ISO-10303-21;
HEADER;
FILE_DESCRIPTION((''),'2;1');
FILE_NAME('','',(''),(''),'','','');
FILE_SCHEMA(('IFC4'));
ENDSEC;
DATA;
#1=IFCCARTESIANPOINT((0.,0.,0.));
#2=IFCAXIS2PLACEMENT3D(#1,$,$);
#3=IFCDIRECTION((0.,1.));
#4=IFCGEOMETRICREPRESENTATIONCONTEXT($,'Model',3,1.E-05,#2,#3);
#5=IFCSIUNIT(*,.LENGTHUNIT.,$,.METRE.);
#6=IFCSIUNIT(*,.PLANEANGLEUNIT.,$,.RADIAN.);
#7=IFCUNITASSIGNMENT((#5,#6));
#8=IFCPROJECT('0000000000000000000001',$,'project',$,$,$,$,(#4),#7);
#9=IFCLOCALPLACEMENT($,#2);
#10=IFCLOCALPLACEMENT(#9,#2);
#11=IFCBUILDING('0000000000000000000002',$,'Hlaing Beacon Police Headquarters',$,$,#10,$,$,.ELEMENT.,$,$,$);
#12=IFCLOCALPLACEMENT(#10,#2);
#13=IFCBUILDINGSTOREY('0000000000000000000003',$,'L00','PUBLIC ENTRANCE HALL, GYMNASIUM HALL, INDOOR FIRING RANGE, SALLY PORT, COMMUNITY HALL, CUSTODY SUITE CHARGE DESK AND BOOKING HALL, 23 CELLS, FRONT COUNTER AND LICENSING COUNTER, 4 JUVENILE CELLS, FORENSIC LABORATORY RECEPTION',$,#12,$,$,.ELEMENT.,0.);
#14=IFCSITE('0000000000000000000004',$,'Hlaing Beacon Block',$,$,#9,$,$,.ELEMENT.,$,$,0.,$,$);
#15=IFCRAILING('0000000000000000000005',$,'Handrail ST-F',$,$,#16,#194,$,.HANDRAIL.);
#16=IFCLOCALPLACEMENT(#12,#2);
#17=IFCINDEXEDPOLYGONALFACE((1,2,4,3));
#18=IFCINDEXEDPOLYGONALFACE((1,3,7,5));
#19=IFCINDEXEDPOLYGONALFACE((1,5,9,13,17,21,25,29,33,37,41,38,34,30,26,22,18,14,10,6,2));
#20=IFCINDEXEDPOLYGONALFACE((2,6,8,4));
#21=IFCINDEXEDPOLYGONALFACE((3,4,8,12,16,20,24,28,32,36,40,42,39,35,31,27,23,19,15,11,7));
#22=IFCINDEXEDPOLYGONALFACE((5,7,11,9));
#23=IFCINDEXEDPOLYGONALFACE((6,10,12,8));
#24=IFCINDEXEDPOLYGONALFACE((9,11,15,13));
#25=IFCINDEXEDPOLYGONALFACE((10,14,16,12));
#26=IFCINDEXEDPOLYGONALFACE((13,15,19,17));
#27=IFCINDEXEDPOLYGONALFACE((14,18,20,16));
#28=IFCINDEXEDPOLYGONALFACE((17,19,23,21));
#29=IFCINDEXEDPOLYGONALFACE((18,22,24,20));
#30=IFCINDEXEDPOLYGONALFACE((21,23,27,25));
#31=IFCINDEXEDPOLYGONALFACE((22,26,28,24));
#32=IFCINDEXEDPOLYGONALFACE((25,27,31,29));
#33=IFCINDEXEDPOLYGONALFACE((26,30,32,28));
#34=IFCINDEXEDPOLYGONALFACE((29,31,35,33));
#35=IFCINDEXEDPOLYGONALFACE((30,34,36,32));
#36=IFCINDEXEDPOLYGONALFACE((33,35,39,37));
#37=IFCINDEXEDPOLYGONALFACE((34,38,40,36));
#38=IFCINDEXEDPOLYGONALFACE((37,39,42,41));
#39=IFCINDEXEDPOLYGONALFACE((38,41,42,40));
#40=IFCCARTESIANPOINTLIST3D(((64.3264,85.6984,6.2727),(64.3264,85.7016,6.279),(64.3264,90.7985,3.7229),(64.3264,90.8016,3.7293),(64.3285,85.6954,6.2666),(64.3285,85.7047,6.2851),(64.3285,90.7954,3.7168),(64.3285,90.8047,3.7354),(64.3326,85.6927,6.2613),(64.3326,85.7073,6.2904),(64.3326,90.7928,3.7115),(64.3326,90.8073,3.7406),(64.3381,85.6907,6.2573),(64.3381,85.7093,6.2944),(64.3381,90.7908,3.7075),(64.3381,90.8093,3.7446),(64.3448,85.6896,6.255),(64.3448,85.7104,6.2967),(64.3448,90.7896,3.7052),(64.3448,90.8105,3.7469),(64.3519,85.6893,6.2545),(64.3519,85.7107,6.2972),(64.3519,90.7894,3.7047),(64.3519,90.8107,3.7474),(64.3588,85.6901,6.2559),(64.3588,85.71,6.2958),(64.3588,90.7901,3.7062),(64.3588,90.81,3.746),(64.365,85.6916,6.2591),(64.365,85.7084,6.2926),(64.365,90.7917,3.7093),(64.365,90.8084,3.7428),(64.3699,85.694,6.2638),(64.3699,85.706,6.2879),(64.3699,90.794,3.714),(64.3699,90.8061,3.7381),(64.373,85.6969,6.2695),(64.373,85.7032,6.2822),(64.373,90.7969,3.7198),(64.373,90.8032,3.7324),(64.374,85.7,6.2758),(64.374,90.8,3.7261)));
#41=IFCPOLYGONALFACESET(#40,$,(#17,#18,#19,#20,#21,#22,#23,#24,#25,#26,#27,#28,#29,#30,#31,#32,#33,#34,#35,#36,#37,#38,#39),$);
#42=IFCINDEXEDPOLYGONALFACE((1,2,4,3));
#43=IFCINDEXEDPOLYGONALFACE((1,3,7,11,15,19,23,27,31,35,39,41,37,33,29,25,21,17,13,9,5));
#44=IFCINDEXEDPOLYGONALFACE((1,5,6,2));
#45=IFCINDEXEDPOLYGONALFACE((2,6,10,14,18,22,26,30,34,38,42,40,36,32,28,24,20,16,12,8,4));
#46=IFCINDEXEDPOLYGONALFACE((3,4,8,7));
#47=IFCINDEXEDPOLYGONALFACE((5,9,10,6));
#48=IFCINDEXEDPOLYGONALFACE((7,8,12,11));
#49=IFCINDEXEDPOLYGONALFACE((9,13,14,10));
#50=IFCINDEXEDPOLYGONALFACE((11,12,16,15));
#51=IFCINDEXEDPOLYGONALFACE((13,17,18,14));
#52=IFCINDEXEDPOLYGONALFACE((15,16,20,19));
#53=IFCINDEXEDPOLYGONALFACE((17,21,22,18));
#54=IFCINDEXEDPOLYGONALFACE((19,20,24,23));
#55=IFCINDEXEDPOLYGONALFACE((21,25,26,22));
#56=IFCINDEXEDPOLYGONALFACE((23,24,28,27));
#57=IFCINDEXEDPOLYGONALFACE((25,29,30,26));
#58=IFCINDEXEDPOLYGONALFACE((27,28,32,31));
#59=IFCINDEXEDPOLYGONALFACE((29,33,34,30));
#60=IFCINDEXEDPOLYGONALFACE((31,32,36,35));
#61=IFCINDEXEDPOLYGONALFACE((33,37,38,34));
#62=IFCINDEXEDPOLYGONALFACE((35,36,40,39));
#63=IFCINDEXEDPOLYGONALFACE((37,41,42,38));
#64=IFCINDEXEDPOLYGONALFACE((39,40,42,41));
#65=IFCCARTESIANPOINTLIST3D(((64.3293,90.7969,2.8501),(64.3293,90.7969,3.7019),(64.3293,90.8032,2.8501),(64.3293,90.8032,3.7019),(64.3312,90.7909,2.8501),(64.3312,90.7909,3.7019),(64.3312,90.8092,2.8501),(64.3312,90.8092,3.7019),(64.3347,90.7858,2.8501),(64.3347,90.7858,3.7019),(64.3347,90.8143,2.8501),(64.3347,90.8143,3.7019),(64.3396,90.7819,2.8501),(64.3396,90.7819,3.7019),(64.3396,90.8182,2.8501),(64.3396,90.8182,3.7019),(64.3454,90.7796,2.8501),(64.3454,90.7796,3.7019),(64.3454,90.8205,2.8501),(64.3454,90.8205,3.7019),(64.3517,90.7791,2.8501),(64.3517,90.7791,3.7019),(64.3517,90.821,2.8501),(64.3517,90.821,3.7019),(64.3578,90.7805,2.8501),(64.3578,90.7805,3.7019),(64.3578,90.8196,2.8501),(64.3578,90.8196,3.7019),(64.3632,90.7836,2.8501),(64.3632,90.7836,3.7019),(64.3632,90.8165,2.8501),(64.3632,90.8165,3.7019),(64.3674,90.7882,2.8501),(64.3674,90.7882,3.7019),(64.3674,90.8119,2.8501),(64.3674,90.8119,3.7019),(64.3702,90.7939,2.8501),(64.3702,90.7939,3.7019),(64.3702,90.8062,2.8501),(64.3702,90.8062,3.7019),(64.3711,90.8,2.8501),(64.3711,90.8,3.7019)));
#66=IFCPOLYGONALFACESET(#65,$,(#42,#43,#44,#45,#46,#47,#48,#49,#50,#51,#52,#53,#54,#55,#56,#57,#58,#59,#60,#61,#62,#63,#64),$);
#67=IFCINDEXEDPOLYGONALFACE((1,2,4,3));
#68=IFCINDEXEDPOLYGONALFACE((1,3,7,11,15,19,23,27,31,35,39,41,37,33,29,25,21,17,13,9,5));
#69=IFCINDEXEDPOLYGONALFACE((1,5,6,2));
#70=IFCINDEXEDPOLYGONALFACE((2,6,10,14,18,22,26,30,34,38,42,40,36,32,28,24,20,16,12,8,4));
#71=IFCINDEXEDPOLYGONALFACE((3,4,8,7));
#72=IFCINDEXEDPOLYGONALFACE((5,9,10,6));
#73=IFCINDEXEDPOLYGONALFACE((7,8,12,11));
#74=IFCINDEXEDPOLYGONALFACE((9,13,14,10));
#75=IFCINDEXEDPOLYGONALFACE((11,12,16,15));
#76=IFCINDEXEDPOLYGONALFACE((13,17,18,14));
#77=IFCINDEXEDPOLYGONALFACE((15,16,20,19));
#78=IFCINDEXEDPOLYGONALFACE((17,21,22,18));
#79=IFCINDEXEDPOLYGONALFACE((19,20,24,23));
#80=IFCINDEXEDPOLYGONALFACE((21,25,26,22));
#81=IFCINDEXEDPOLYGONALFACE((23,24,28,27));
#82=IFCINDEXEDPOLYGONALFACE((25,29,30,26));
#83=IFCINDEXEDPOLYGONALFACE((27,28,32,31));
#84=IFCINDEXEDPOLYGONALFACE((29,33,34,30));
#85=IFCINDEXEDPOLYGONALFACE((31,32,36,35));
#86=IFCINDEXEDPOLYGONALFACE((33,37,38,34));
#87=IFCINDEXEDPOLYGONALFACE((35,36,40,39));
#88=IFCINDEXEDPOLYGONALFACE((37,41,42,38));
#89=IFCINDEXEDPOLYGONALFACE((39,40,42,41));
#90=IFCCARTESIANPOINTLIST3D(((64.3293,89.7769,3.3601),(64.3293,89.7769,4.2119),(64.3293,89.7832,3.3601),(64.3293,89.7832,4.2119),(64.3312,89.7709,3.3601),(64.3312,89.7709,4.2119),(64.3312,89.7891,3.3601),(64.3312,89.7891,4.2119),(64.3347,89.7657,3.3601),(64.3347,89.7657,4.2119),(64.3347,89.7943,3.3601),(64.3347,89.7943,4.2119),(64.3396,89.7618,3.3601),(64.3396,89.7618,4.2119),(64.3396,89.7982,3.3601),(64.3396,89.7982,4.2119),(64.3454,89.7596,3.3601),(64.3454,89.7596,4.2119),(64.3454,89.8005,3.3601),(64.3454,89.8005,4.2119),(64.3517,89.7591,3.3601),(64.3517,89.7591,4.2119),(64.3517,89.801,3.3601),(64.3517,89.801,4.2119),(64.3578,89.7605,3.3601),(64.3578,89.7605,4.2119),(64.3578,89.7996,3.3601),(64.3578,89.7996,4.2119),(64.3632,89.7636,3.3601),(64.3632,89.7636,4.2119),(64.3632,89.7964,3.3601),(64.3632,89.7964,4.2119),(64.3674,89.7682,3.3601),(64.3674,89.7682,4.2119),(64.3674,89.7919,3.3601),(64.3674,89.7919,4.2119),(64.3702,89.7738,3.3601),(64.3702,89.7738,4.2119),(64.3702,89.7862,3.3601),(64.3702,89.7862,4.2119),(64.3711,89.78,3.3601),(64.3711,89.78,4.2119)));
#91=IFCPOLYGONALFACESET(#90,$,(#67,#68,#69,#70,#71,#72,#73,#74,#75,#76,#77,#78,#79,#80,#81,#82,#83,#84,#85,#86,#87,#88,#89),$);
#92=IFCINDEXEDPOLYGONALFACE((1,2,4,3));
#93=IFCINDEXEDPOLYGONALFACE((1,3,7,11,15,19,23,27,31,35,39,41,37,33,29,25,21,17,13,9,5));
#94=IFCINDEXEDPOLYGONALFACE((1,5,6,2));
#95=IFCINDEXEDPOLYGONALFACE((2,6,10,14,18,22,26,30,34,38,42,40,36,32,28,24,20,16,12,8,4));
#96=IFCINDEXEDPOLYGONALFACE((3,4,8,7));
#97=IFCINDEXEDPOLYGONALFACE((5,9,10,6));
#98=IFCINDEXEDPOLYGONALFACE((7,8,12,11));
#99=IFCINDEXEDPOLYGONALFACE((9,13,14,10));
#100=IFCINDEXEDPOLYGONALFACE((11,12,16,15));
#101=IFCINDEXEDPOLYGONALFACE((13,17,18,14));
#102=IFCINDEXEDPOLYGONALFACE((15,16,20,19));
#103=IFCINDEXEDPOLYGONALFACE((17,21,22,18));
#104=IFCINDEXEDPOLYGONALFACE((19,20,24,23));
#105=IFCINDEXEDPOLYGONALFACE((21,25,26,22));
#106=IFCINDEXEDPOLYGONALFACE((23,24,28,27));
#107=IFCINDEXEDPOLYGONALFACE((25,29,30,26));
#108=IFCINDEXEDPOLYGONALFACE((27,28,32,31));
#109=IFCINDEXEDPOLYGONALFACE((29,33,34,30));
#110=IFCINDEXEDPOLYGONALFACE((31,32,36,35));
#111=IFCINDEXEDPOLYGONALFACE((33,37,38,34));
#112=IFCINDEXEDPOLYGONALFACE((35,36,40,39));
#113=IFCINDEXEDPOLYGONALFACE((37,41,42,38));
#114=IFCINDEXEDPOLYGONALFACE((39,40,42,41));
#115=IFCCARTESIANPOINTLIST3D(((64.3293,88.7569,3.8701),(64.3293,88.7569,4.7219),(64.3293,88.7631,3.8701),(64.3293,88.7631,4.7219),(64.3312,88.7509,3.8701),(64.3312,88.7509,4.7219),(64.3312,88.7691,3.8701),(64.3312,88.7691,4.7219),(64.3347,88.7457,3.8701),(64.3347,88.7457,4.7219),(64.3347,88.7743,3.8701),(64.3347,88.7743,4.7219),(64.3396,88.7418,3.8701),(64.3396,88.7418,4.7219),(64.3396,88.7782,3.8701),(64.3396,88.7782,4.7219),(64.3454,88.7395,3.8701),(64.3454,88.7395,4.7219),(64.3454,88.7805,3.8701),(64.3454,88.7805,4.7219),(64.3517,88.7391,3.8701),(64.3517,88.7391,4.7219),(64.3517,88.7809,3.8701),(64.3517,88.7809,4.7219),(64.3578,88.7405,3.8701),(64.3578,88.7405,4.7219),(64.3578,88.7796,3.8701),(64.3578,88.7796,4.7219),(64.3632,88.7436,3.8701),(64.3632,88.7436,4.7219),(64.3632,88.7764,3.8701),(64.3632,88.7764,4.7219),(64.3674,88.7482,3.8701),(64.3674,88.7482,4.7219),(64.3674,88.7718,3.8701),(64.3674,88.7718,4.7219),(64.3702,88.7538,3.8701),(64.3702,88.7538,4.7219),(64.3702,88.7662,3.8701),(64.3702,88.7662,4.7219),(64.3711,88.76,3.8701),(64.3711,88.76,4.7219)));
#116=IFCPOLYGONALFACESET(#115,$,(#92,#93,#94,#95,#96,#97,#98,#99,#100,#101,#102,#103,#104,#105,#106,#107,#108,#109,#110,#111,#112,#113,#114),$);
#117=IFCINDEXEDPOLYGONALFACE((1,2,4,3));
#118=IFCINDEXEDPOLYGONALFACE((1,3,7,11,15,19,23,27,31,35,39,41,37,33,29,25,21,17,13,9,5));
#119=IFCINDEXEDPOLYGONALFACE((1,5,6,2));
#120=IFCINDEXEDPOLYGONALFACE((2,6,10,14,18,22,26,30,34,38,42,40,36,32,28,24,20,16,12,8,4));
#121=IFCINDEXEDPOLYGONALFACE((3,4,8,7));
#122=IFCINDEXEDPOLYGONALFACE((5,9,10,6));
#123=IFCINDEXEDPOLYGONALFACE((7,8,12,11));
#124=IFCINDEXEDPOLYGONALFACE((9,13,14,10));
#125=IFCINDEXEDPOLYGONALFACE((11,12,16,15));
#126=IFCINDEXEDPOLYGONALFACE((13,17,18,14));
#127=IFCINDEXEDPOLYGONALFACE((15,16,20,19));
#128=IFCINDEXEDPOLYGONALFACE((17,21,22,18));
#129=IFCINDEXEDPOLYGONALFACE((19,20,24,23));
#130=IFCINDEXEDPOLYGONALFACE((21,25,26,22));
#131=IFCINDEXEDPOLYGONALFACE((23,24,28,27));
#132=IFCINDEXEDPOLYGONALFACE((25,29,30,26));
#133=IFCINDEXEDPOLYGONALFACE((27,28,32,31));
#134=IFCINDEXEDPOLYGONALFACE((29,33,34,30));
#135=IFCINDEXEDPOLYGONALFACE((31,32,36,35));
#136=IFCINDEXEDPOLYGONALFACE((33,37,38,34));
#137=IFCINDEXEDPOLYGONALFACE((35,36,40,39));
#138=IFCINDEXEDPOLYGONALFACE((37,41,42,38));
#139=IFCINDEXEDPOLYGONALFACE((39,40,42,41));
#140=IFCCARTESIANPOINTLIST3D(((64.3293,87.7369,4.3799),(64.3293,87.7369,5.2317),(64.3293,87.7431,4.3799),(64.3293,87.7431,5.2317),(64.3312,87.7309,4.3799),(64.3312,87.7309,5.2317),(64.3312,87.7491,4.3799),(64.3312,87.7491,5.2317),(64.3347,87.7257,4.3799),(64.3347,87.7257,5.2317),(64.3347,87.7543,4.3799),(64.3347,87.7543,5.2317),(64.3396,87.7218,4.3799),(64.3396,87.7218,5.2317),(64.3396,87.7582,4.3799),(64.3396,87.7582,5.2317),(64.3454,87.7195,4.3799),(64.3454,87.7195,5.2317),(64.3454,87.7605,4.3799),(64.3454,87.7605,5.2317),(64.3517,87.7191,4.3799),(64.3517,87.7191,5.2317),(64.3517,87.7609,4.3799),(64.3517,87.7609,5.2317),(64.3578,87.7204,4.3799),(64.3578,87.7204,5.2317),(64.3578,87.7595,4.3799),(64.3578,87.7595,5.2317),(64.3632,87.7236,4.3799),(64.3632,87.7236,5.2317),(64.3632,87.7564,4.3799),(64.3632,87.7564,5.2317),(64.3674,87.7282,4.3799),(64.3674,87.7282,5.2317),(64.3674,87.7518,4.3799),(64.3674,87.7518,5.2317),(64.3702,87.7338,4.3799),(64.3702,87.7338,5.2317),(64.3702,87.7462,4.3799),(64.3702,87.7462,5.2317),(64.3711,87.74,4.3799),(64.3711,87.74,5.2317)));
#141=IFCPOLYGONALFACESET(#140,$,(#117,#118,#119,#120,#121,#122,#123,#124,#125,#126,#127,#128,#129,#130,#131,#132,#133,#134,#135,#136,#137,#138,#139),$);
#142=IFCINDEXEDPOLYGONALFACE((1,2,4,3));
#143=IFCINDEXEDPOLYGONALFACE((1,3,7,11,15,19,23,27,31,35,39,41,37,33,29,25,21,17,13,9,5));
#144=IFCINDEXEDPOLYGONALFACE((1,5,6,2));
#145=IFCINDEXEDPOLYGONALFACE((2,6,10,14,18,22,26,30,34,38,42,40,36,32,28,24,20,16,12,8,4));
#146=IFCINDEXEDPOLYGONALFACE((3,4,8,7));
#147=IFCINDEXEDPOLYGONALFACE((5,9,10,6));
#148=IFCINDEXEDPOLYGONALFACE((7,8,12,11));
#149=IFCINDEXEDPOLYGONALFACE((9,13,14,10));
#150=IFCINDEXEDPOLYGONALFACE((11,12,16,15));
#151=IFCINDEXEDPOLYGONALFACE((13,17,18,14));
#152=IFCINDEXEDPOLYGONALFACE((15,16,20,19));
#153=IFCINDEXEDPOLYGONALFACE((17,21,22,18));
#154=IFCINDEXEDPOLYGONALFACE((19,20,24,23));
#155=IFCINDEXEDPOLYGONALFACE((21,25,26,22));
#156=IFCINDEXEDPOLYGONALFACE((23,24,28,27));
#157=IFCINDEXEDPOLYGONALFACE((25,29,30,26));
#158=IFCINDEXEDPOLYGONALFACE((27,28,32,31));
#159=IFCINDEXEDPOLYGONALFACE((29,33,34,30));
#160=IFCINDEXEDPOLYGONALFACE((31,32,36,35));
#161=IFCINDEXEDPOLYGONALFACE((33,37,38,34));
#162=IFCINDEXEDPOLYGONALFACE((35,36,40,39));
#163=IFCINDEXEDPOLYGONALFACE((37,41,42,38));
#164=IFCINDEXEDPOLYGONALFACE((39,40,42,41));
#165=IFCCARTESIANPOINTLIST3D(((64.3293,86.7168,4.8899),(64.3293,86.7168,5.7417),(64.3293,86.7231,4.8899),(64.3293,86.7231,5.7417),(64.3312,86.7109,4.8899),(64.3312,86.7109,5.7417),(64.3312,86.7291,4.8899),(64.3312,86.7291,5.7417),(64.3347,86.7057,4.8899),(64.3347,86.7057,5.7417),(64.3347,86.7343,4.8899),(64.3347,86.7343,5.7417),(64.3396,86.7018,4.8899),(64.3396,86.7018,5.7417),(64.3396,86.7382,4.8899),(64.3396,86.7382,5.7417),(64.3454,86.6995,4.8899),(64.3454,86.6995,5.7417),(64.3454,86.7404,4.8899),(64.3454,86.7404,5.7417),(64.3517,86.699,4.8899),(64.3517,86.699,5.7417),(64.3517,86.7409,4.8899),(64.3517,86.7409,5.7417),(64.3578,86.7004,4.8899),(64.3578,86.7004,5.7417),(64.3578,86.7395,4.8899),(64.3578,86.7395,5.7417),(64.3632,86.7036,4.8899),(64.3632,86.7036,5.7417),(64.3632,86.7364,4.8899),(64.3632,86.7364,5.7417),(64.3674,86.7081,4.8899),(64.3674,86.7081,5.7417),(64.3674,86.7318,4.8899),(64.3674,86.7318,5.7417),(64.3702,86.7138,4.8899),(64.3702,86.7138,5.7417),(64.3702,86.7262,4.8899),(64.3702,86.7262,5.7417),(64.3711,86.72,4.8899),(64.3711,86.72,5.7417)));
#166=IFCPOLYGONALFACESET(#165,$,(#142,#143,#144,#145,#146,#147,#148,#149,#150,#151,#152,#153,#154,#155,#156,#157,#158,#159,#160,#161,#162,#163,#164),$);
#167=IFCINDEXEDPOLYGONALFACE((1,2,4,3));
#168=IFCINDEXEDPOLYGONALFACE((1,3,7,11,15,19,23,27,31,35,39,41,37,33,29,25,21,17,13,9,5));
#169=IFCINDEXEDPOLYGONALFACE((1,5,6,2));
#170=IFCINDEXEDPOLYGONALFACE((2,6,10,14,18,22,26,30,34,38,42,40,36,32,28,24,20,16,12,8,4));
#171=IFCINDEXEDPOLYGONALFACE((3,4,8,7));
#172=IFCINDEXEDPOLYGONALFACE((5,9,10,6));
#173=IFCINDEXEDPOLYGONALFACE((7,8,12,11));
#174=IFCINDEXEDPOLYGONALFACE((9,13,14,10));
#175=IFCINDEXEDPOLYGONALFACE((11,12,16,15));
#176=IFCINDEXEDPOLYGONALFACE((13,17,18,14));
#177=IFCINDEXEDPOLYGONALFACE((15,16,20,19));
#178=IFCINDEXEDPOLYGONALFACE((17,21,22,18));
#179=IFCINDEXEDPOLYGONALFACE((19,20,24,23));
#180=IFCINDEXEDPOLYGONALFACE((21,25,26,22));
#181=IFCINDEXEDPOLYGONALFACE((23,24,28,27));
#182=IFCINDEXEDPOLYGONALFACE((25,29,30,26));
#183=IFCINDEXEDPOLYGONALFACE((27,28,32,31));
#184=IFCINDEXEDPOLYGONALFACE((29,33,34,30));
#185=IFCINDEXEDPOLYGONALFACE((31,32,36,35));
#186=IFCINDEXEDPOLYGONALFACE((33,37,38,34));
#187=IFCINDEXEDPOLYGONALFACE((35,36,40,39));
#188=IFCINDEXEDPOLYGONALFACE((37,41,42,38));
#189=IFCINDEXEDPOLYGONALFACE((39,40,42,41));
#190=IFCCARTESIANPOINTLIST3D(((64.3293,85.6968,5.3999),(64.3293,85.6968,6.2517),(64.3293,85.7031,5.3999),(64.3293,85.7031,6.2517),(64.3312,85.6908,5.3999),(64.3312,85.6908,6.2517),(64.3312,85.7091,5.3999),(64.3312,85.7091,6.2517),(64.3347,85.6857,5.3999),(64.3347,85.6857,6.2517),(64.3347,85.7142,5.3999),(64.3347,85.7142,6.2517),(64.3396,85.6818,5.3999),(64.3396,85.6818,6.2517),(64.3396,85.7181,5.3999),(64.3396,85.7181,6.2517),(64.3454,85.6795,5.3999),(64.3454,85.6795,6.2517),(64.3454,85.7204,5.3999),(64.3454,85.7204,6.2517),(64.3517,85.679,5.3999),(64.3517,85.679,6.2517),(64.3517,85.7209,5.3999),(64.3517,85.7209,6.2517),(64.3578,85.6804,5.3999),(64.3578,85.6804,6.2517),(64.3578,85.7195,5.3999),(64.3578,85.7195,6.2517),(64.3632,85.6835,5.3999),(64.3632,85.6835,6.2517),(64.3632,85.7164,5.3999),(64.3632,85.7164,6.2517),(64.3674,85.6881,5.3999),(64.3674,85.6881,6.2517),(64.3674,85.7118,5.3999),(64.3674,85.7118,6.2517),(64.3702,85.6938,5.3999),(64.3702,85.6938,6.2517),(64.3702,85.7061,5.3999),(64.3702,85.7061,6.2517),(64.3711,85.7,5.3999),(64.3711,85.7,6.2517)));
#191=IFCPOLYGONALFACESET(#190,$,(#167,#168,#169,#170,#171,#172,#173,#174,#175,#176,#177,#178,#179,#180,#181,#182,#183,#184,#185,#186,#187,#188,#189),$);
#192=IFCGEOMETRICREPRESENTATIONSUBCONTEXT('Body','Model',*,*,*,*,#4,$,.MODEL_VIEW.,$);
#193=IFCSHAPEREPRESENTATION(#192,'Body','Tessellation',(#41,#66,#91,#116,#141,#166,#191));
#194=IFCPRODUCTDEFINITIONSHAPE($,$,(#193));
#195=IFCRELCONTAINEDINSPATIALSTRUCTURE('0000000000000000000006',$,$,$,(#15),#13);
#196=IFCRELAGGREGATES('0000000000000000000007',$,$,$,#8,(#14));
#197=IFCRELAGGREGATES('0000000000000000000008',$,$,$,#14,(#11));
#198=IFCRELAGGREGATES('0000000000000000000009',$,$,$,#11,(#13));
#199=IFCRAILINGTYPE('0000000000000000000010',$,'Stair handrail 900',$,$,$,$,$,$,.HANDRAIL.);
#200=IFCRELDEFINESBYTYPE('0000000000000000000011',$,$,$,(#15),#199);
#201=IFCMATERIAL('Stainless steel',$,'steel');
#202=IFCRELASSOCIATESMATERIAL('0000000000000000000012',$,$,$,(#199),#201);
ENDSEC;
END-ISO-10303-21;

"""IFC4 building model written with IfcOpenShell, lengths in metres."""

from ifc_helpers import new_model, si_unit, direction, frame, origin, origin_2d, place, context, subcontext, project, spatial, circle, extrude, material, type_object, element, save


model = new_model("IFC4")

# Units and contexts
model_context = context("Model", 3, precision=1e-05, world=origin(), true_north=direction((0.0, 1.0)))
body_context = subcontext(model_context, "Body", "Model", "MODEL_VIEW")
ifc_project = project(units=[si_unit("LENGTHUNIT", "METRE"), si_unit("PLANEANGLEUNIT", "RADIAN")], contexts=[model_context])

# Site, building, storey
site_placement = place(None, origin())
site = spatial("IfcSite", under=ifc_project, at=site_placement, Name="Hlaing Beacon Block", CompositionType="ELEMENT", RefElevation=0.0)
building_placement = place(site_placement, origin())
building = spatial("IfcBuilding", under=site, at=building_placement, Name="Hlaing Beacon Police Headquarters", CompositionType="ELEMENT")
storey_placement = place(building_placement, origin())
storey = spatial("IfcBuildingStorey", under=building, at=storey_placement, Name="L00", Description="PUBLIC ENTRANCE HALL, GYMNASIUM HALL, INDOOR FIRING RANGE, SALLY PORT, COMMUNITY HALL, CUSTODY SUITE CHARGE DESK AND BOOKING HALL, 23 CELLS, FRONT COUNTER AND LICENSING COUNTER, 4 JUVENILE CELLS, FORENSIC LABORATORY RECEPTION", CompositionType="ELEMENT", Elevation=0.0)

# Railing
ifc_material_1 = material(Name="Stainless steel", Category="steel")
railing_type_1 = type_object("IfcRailingType", Name="Stair handrail 900", PredefinedType="HANDRAIL", material=ifc_material_1)
for number, where, name in (
    (1, (64.3501, 90.8, 2.8501), "Handrail ST-F"),
):
    element("IfcRailing", number, at=place(storey_placement, frame(where)), inside=storey, type_object=railing_type_1, Name=name, PredefinedType="HANDRAIL", context=body_context, shape_type="SweptSolid", body=[
        extrude(circle(Radius=0.0239, at=origin_2d()), frame((0.0, 0.0, 0.876), z_axis=(0.0, -0.894444, 0.447179), x_axis=(1.0, 0.0, 0.0)), (0.0, 0.0, 1.0), 5.7019),
        extrude(circle(Radius=0.021, at=origin_2d()), origin(), (0.0, 0.0, 1.0), 0.8518),
        extrude(circle(Radius=0.021, at=origin_2d()), frame((0.0, -1.02, 0.51)), (0.0, 0.0, 1.0), 0.8518),
        extrude(circle(Radius=0.021, at=origin_2d()), frame((0.0, -2.04, 1.02)), (0.0, 0.0, 1.0), 0.8518),
        extrude(circle(Radius=0.021, at=origin_2d()), frame((0.0, -3.0601, 1.5298)), (0.0, 0.0, 1.0), 0.8518),
        extrude(circle(Radius=0.021, at=origin_2d()), frame((0.0, -4.0801, 2.0398)), (0.0, 0.0, 1.0), 0.8518),
        extrude(circle(Radius=0.021, at=origin_2d()), frame((0.0, -5.1001, 2.5498)), (0.0, 0.0, 1.0), 0.8518),
    ])

save(model, "model.ifc")
